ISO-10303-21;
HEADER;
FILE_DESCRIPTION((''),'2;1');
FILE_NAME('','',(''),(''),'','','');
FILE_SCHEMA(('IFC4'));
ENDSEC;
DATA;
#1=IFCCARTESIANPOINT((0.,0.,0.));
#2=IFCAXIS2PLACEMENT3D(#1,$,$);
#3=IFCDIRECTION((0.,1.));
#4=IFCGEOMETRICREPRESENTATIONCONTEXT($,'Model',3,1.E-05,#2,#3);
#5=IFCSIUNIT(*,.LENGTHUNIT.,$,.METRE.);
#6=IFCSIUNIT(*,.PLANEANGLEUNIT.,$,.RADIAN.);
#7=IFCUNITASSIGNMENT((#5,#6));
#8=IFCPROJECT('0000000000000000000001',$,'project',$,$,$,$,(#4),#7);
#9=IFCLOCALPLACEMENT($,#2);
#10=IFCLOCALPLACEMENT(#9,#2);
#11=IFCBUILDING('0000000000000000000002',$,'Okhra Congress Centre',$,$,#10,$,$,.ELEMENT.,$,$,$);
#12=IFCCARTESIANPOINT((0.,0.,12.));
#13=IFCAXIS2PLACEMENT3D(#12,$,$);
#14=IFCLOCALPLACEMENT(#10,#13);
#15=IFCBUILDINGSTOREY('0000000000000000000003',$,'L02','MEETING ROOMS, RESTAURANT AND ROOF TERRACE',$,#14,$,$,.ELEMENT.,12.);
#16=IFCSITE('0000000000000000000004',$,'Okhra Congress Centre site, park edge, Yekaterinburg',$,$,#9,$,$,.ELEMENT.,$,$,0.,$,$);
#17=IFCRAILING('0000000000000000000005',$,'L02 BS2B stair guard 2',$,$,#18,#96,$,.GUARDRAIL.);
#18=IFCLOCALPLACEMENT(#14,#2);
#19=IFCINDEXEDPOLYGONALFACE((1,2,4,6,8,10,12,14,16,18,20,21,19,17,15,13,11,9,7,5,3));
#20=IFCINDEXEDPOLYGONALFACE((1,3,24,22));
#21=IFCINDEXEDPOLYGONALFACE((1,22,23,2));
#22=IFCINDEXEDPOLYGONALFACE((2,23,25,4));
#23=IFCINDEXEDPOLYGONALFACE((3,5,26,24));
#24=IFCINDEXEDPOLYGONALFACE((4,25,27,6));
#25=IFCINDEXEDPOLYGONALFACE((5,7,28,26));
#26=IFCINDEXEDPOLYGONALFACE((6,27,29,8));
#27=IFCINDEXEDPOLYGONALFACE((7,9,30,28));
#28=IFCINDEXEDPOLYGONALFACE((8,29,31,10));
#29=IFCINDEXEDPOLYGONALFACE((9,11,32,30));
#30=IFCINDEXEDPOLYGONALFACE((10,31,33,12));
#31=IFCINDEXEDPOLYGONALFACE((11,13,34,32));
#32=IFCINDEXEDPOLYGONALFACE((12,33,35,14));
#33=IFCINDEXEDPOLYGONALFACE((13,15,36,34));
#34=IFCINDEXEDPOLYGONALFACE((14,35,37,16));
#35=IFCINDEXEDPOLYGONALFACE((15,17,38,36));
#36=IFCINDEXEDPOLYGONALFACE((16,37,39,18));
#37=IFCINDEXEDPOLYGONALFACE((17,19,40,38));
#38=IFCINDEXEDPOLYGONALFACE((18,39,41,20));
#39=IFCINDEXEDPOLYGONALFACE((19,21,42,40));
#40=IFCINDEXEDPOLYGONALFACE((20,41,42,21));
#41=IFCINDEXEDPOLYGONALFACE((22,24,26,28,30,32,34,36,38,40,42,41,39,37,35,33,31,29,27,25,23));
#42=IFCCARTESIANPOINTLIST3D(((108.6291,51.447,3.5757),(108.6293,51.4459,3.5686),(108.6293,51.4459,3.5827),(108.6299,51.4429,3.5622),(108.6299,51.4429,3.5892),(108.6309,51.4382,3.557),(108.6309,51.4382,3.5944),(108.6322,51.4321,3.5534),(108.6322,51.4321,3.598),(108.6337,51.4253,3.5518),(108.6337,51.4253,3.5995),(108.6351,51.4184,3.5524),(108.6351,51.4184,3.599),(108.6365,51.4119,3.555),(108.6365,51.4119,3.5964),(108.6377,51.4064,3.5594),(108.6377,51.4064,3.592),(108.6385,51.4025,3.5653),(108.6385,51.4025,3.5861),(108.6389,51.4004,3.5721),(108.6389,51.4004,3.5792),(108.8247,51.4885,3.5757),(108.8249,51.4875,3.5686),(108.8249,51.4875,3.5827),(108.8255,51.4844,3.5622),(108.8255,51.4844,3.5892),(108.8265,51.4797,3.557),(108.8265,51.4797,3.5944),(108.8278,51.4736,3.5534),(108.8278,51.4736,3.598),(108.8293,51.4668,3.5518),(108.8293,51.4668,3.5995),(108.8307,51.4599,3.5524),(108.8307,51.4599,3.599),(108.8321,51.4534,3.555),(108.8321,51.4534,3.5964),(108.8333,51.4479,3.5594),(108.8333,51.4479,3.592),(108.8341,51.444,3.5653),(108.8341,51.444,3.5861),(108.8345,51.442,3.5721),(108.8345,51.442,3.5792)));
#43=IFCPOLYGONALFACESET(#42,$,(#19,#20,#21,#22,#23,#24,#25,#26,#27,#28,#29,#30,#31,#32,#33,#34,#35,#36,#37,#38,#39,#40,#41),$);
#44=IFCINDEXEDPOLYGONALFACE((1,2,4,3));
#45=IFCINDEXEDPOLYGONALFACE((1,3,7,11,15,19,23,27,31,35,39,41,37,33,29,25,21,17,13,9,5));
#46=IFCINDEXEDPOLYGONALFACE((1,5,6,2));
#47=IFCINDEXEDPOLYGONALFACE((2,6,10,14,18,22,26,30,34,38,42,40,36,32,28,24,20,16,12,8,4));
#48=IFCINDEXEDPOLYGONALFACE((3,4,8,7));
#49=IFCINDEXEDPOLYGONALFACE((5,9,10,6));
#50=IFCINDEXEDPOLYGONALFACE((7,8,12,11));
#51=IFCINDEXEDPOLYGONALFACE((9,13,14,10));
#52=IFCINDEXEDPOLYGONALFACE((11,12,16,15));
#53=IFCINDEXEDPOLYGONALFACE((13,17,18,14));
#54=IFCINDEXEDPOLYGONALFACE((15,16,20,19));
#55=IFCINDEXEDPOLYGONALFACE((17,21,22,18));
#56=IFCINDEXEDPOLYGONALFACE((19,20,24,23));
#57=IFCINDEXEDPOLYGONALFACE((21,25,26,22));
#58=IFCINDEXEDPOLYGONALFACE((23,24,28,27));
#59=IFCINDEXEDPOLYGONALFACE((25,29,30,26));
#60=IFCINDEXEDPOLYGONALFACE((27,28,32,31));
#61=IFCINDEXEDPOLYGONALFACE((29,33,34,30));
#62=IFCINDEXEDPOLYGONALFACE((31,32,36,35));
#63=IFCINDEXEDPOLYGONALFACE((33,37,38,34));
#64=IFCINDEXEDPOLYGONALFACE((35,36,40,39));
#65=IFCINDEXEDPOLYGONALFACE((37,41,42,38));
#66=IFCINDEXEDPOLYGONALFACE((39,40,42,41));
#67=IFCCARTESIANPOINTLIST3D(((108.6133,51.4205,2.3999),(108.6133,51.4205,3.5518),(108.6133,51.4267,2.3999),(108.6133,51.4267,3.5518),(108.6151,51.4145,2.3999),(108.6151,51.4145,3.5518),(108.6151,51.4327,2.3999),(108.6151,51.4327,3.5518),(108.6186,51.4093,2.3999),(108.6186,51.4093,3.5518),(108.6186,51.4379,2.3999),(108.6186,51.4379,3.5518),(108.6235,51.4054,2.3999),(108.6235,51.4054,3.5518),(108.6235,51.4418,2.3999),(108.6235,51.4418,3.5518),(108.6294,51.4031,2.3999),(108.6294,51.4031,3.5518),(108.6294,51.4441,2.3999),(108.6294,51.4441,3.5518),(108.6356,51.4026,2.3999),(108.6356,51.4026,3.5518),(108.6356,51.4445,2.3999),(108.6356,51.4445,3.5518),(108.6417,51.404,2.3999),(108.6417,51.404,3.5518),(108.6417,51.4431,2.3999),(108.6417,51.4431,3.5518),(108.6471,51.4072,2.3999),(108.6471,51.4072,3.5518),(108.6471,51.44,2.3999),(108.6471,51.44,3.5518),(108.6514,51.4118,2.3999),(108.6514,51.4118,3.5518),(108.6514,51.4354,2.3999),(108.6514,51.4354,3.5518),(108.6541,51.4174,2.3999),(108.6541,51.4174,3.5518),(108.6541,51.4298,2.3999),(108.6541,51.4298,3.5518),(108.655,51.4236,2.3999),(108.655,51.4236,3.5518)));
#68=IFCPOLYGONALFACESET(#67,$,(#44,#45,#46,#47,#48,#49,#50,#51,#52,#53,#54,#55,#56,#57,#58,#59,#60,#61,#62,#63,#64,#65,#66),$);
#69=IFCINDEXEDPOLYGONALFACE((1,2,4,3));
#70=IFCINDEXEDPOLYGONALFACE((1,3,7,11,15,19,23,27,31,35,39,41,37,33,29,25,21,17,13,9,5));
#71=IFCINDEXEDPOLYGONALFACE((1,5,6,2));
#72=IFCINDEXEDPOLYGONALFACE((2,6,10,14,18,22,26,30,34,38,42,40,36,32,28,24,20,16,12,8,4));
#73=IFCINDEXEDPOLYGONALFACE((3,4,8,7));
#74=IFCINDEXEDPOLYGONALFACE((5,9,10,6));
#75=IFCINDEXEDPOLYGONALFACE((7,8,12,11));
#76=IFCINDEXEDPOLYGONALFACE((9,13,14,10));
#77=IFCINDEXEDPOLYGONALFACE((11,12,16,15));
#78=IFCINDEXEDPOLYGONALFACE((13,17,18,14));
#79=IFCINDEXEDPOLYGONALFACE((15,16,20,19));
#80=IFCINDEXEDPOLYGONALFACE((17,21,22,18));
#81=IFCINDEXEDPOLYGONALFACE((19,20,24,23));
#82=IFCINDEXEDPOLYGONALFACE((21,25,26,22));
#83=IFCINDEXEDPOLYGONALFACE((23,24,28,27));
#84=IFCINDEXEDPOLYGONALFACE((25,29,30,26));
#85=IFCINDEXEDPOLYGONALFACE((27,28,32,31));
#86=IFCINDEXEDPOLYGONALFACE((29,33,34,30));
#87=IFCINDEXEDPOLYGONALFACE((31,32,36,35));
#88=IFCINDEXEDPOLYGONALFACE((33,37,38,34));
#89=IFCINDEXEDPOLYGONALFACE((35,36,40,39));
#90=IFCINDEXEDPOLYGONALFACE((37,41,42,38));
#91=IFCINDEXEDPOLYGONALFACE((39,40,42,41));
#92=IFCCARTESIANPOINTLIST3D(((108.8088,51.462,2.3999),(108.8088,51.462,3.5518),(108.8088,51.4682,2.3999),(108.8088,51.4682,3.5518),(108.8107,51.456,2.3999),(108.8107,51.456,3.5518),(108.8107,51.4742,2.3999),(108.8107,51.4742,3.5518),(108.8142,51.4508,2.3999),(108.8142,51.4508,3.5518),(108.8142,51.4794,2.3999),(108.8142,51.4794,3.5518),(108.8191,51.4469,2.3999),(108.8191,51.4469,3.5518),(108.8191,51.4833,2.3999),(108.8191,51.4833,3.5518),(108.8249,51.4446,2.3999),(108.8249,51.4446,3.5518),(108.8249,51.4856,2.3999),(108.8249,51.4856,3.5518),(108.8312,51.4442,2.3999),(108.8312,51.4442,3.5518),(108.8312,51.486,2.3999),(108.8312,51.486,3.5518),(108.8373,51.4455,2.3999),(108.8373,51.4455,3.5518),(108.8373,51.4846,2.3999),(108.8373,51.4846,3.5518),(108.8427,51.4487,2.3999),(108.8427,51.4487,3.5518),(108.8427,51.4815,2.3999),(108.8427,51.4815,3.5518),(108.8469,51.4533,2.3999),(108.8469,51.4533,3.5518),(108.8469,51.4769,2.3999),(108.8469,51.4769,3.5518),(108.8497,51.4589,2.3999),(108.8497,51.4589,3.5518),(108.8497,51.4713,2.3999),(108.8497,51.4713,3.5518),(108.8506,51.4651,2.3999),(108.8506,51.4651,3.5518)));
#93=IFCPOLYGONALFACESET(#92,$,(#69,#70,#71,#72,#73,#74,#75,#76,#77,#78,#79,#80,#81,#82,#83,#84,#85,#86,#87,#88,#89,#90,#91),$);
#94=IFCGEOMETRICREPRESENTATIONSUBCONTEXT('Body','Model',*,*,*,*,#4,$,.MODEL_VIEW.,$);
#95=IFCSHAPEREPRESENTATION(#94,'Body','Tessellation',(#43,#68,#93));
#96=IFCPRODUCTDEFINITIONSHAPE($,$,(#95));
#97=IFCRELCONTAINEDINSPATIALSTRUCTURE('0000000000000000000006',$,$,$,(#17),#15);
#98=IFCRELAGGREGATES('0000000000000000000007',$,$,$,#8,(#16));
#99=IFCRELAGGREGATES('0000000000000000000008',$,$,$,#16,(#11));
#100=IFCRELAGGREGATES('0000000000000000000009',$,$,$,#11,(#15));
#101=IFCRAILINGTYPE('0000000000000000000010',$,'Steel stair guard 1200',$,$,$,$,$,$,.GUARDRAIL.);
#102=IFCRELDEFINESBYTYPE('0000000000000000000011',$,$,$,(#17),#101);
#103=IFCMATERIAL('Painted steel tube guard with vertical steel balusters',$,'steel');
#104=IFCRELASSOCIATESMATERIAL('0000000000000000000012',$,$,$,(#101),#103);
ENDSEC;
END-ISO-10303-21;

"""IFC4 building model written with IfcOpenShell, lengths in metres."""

from ifc_helpers import new_model, si_unit, direction, frame, origin, origin_2d, place, context, subcontext, project, spatial, circle, extrude, material, type_object, element, save


model = new_model("IFC4")

# Units and contexts
model_context = context("Model", 3, precision=1e-05, world=origin(), true_north=direction((0.0, 1.0)))
body_context = subcontext(model_context, "Body", "Model", "MODEL_VIEW")
ifc_project = project(units=[si_unit("LENGTHUNIT", "METRE"), si_unit("PLANEANGLEUNIT", "RADIAN")], contexts=[model_context])

# Site, building, storey
site_placement = place(None, origin())
site = spatial("IfcSite", under=ifc_project, at=site_placement, Name="Okhra Congress Centre site, park edge, Yekaterinburg", CompositionType="ELEMENT", RefElevation=0.0)
building_placement = place(site_placement, origin())
building = spatial("IfcBuilding", under=site, at=building_placement, Name="Okhra Congress Centre", CompositionType="ELEMENT")
storey_placement = place(building_placement, frame((0.0, 0.0, 12.0)))
storey = spatial("IfcBuildingStorey", under=building, at=storey_placement, Name="L02", Description="MEETING ROOMS, RESTAURANT AND ROOF TERRACE", CompositionType="ELEMENT", Elevation=12.0)

# Railing
ifc_material_1 = material(Name="Painted steel tube guard with vertical steel balusters", Category="steel")
railing_type_1 = type_object("IfcRailingType", Name="Steel stair guard 1200", PredefinedType="GUARDRAIL", material=ifc_material_1)
railing_1_placement = place(storey_placement, frame((108.634, 51.4236, 2.3999)))
element("IfcRailing", 1, at=railing_1_placement, inside=storey, type_object=railing_type_1, Name="L02 BS2B stair guard 2", PredefinedType="GUARDRAIL", context=body_context, shape_type="SweptSolid", body=[
    extrude(circle(Radius=0.0239, at=origin_2d()), frame((0.0, 0.0, 1.1758), z_axis=(0.978212, 0.20761, 0.0), x_axis=(-0.20761, 0.978212, 0.0)), (0.0, 0.0, 1.0), 0.2),
    extrude(circle(Radius=0.021, at=origin_2d()), origin(), (0.0, 0.0, 1.0), 1.1519),
    extrude(circle(Radius=0.021, at=origin_2d()), frame((0.1956, 0.0415, 0.0)), (0.0, 0.0, 1.0), 1.1519),
])

save(model, "model.ifc")
